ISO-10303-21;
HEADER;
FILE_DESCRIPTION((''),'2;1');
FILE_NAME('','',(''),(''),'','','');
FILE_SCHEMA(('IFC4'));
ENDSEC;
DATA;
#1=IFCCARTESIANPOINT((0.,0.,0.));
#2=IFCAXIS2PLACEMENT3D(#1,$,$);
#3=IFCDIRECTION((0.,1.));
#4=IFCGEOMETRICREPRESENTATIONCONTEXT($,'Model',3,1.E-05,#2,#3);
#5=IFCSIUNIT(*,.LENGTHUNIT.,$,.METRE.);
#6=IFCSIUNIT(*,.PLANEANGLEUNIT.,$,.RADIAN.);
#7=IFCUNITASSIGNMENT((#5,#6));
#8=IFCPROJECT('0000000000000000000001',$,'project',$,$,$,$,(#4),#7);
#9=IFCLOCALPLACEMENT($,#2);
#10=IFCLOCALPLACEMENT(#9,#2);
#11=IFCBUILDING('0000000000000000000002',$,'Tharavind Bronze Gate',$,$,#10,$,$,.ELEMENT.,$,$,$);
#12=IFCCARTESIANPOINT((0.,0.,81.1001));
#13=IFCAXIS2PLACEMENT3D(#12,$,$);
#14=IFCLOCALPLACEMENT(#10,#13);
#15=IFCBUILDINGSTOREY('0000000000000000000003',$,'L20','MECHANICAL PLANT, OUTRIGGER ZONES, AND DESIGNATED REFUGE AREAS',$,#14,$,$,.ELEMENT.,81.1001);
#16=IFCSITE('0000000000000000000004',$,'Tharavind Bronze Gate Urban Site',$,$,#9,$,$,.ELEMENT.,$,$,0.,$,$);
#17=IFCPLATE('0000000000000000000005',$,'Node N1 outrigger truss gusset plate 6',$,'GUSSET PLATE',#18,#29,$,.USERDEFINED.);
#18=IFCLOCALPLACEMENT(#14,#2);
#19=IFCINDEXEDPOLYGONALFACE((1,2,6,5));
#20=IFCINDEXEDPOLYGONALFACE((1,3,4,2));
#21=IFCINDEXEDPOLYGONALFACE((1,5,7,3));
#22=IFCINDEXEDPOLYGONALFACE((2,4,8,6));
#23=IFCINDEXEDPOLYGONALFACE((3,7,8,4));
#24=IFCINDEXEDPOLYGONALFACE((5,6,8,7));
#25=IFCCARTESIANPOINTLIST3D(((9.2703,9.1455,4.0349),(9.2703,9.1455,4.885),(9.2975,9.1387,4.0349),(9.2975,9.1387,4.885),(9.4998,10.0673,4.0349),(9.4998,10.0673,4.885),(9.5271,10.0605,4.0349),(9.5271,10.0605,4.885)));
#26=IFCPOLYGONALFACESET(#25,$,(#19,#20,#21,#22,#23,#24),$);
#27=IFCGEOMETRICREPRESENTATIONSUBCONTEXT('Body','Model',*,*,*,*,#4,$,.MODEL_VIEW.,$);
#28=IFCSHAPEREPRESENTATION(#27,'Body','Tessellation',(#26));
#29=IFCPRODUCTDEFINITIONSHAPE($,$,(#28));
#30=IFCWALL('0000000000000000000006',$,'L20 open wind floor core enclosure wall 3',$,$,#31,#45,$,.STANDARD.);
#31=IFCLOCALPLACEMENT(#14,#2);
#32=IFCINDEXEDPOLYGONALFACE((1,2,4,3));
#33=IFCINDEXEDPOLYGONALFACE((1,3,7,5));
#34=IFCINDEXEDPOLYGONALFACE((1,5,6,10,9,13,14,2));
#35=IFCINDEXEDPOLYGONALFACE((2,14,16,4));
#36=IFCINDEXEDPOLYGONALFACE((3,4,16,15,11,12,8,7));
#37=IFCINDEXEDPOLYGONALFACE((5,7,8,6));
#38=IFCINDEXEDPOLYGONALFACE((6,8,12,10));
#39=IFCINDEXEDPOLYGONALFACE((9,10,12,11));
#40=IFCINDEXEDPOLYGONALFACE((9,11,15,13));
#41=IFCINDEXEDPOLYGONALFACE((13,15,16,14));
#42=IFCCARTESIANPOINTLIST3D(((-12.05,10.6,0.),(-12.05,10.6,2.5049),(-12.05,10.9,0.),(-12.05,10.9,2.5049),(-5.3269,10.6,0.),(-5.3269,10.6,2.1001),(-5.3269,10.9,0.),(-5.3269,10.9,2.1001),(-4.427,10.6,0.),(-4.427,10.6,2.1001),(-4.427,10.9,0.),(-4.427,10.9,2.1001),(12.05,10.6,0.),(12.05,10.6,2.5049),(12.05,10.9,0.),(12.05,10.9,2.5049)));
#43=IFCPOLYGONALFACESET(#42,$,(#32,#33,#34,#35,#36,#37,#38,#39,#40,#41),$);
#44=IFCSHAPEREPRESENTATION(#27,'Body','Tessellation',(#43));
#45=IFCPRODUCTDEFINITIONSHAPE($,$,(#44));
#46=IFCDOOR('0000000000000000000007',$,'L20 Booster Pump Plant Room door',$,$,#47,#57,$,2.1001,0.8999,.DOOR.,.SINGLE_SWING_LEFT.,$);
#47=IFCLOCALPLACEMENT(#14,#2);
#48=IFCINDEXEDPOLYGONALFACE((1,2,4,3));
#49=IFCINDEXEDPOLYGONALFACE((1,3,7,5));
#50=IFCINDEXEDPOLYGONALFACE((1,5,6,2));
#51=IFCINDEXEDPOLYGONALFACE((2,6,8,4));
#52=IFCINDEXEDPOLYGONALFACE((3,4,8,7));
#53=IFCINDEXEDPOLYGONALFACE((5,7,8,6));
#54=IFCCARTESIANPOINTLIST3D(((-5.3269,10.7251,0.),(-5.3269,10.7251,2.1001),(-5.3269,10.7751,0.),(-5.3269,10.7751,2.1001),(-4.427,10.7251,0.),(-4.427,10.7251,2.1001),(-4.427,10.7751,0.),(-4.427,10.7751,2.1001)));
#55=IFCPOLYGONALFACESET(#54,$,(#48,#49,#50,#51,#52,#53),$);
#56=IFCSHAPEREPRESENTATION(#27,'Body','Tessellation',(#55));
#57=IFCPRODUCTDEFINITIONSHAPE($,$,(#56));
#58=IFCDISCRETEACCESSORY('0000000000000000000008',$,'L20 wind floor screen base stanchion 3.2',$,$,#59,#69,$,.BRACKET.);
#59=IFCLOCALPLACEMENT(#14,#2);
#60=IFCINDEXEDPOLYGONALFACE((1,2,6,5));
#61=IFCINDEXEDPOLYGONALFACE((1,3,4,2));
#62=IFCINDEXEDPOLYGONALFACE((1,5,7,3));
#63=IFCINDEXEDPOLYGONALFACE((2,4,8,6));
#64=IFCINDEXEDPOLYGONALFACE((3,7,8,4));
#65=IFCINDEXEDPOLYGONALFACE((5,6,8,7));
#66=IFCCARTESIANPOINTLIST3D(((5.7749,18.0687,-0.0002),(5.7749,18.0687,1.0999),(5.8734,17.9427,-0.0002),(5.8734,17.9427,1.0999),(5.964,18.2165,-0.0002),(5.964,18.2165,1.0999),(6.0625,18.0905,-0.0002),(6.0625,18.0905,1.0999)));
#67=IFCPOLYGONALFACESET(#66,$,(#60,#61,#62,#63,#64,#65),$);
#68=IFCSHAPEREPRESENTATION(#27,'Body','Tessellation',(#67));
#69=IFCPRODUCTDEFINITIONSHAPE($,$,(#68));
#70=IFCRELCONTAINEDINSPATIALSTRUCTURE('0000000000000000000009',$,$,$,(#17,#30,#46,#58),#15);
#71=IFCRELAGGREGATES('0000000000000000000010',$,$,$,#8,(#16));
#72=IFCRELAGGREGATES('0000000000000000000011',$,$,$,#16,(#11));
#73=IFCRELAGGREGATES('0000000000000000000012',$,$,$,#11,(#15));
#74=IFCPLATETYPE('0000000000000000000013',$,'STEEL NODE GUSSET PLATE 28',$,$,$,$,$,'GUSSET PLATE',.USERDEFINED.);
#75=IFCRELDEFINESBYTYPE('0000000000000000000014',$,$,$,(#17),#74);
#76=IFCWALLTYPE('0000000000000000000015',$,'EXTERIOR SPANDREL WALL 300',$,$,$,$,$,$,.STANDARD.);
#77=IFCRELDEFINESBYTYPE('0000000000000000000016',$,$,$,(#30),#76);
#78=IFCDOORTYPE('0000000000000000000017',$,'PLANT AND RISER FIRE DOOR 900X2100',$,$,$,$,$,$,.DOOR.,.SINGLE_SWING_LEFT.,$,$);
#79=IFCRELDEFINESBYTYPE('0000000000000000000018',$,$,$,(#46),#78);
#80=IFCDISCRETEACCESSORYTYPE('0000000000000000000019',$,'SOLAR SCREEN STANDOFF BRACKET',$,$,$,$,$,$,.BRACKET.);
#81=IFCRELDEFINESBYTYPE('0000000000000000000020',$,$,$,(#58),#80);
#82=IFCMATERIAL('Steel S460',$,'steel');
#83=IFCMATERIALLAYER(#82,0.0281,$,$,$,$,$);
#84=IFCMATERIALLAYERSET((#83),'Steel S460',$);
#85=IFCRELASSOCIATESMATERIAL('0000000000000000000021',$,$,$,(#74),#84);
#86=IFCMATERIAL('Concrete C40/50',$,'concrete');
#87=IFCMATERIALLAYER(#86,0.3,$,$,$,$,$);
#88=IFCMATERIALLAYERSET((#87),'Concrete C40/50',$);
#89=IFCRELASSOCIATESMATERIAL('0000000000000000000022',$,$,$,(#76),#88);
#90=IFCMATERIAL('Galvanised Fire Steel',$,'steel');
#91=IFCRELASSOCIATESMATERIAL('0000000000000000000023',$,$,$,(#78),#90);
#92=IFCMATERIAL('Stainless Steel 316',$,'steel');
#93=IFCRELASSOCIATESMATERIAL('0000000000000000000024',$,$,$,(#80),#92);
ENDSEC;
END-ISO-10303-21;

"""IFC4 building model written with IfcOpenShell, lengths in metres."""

from ifc_helpers import new_model, si_unit, direction, frame, frame_2d, origin, origin_2d, place, context, subcontext, project, spatial, rectangle, extrude, material, layer, layer_set, type_object, element, fill, save


model = new_model("IFC4")

# Units and contexts
model_context = context("Model", 3, precision=1e-05, world=origin(), true_north=direction((0.0, 1.0)))
body_context = subcontext(model_context, "Body", "Model", "MODEL_VIEW")
ifc_project = project(units=[si_unit("LENGTHUNIT", "METRE"), si_unit("PLANEANGLEUNIT", "RADIAN")], contexts=[model_context])

# Site, building, storey
site_placement = place(None, origin())
site = spatial("IfcSite", under=ifc_project, at=site_placement, Name="Tharavind Bronze Gate Urban Site", CompositionType="ELEMENT", RefElevation=0.0)
building_placement = place(site_placement, origin())
building = spatial("IfcBuilding", under=site, at=building_placement, Name="Tharavind Bronze Gate", CompositionType="ELEMENT")
storey_placement = place(building_placement, frame((0.0, 0.0, 81.1001)))
storey = spatial("IfcBuildingStorey", under=building, at=storey_placement, Name="L20", Description="MECHANICAL PLANT, OUTRIGGER ZONES, AND DESIGNATED REFUGE AREAS", CompositionType="ELEMENT", Elevation=81.1001)

# Shared definitions
ifc_material_1 = material(Name="Steel S460", Category="steel")

# Plate
ifc_layer_1 = layer(ifc_material_1, 0.0281)
ifc_layer_set_1 = layer_set([ifc_layer_1], Name="Steel S460")
plate_type_1 = type_object("IfcPlateType", Name="STEEL NODE GUSSET PLATE 28", ElementType="GUSSET PLATE", PredefinedType="USERDEFINED", material=ifc_layer_set_1)
plate_1_placement = place(storey_placement, frame((9.3987, 9.603, 4.0349), z_axis=(0.0, 0.0, 1.0), x_axis=(0.241646, 0.970365, 0.0)))
element("IfcPlate", 1, at=plate_1_placement, inside=storey, type_object=plate_type_1, Name="Node N1 outrigger truss gusset plate 6", ObjectType="GUSSET PLATE", PredefinedType="USERDEFINED", context=body_context, shape_type="SweptSolid", body=[
    extrude(rectangle(XDim=0.95, YDim=0.0281, at=origin_2d()), origin(), (0.0, 0.0, 1.0), 0.8501),
])

# Wall, opening, door
ifc_material_2 = material(Name="Concrete C40/50", Category="concrete")
ifc_layer_2 = layer(ifc_material_2, 0.3)
ifc_layer_set_2 = layer_set([ifc_layer_2], Name="Concrete C40/50")
wall_type = type_object("IfcWallType", Name="EXTERIOR SPANDREL WALL 300", PredefinedType="STANDARD", material=ifc_layer_set_2)
wall_placement = place(storey_placement, frame((12.05, 10.75, 0.0), z_axis=(0.0, 0.0, 1.0), x_axis=(-1.0, 0.0, 0.0)))
wall = element("IfcWall", 2, at=wall_placement, inside=storey, type_object=wall_type, Name="L20 open wind floor core enclosure wall 3", PredefinedType="STANDARD", context=body_context, shape_type="SweptSolid", body=[
    extrude(rectangle(XDim=24.1001, YDim=0.3, at=frame_2d((12.05, 0.0))), origin(), (0.0, 0.0, 1.0), 2.5049),
])
opening_placement = place(wall_placement, frame((16.4771, 0.0, 0.0)))
opening = element("IfcOpeningElement", 3, at=opening_placement, cuts=wall, PredefinedType="OPENING", context=body_context, shape_type="SweptSolid", body=[
    extrude(rectangle(XDim=0.8999, YDim=2.1001, at=frame_2d((0.45, 1.05))), frame((0.0, 0.1599, 0.0), z_axis=(0.0, -1.0, 0.0), x_axis=(1.0, 0.0, 0.0)), (0.0, 0.0, 1.0), 0.32),
])
ifc_material_3 = material(Name="Galvanised Fire Steel", Category="steel")
door_type = type_object("IfcDoorType", Name="PLANT AND RISER FIRE DOOR 900X2100", OperationType="SINGLE_SWING_LEFT", PredefinedType="DOOR", material=ifc_material_3)
door_placement = place(opening_placement, origin())
door = element("IfcDoor", 4, at=door_placement, inside=storey, type_object=door_type, Name="L20 Booster Pump Plant Room door", OperationType="SINGLE_SWING_LEFT", OverallHeight=2.1001, OverallWidth=0.8999, PredefinedType="DOOR", context=body_context, shape_type="SweptSolid", body=[
    extrude(rectangle(XDim=0.8999, YDim=2.1001, at=frame_2d((0.45, 1.05))), frame((0.0, 0.0249, 0.0), z_axis=(0.0, -1.0, 0.0), x_axis=(1.0, 0.0, 0.0)), (0.0, 0.0, 1.0), 0.05),
])
fill(opening, door)

# Discrete accessory
ifc_material_4 = material(Name="Stainless Steel 316", Category="steel")
discrete_accessory_type = type_object("IfcDiscreteAccessoryType", Name="SOLAR SCREEN STANDOFF BRACKET", PredefinedType="BRACKET", material=ifc_material_4)
discrete_accessory_placement = place(storey_placement, frame((5.9187, 18.0796, -0.0002), z_axis=(0.0, 0.0, 1.0), x_axis=(-0.61566, 0.788012, 0.0)))
element("IfcDiscreteAccessory", 5, at=discrete_accessory_placement, inside=storey, type_object=discrete_accessory_type, Name="L20 wind floor screen base stanchion 3.2", PredefinedType="BRACKET", context=body_context, shape_type="SweptSolid", body=[
    extrude(rectangle(XDim=0.1599, YDim=0.24, at=origin_2d()), origin(), (0.0, 0.0, 1.0), 1.1001),
])

save(model, "model.ifc")
